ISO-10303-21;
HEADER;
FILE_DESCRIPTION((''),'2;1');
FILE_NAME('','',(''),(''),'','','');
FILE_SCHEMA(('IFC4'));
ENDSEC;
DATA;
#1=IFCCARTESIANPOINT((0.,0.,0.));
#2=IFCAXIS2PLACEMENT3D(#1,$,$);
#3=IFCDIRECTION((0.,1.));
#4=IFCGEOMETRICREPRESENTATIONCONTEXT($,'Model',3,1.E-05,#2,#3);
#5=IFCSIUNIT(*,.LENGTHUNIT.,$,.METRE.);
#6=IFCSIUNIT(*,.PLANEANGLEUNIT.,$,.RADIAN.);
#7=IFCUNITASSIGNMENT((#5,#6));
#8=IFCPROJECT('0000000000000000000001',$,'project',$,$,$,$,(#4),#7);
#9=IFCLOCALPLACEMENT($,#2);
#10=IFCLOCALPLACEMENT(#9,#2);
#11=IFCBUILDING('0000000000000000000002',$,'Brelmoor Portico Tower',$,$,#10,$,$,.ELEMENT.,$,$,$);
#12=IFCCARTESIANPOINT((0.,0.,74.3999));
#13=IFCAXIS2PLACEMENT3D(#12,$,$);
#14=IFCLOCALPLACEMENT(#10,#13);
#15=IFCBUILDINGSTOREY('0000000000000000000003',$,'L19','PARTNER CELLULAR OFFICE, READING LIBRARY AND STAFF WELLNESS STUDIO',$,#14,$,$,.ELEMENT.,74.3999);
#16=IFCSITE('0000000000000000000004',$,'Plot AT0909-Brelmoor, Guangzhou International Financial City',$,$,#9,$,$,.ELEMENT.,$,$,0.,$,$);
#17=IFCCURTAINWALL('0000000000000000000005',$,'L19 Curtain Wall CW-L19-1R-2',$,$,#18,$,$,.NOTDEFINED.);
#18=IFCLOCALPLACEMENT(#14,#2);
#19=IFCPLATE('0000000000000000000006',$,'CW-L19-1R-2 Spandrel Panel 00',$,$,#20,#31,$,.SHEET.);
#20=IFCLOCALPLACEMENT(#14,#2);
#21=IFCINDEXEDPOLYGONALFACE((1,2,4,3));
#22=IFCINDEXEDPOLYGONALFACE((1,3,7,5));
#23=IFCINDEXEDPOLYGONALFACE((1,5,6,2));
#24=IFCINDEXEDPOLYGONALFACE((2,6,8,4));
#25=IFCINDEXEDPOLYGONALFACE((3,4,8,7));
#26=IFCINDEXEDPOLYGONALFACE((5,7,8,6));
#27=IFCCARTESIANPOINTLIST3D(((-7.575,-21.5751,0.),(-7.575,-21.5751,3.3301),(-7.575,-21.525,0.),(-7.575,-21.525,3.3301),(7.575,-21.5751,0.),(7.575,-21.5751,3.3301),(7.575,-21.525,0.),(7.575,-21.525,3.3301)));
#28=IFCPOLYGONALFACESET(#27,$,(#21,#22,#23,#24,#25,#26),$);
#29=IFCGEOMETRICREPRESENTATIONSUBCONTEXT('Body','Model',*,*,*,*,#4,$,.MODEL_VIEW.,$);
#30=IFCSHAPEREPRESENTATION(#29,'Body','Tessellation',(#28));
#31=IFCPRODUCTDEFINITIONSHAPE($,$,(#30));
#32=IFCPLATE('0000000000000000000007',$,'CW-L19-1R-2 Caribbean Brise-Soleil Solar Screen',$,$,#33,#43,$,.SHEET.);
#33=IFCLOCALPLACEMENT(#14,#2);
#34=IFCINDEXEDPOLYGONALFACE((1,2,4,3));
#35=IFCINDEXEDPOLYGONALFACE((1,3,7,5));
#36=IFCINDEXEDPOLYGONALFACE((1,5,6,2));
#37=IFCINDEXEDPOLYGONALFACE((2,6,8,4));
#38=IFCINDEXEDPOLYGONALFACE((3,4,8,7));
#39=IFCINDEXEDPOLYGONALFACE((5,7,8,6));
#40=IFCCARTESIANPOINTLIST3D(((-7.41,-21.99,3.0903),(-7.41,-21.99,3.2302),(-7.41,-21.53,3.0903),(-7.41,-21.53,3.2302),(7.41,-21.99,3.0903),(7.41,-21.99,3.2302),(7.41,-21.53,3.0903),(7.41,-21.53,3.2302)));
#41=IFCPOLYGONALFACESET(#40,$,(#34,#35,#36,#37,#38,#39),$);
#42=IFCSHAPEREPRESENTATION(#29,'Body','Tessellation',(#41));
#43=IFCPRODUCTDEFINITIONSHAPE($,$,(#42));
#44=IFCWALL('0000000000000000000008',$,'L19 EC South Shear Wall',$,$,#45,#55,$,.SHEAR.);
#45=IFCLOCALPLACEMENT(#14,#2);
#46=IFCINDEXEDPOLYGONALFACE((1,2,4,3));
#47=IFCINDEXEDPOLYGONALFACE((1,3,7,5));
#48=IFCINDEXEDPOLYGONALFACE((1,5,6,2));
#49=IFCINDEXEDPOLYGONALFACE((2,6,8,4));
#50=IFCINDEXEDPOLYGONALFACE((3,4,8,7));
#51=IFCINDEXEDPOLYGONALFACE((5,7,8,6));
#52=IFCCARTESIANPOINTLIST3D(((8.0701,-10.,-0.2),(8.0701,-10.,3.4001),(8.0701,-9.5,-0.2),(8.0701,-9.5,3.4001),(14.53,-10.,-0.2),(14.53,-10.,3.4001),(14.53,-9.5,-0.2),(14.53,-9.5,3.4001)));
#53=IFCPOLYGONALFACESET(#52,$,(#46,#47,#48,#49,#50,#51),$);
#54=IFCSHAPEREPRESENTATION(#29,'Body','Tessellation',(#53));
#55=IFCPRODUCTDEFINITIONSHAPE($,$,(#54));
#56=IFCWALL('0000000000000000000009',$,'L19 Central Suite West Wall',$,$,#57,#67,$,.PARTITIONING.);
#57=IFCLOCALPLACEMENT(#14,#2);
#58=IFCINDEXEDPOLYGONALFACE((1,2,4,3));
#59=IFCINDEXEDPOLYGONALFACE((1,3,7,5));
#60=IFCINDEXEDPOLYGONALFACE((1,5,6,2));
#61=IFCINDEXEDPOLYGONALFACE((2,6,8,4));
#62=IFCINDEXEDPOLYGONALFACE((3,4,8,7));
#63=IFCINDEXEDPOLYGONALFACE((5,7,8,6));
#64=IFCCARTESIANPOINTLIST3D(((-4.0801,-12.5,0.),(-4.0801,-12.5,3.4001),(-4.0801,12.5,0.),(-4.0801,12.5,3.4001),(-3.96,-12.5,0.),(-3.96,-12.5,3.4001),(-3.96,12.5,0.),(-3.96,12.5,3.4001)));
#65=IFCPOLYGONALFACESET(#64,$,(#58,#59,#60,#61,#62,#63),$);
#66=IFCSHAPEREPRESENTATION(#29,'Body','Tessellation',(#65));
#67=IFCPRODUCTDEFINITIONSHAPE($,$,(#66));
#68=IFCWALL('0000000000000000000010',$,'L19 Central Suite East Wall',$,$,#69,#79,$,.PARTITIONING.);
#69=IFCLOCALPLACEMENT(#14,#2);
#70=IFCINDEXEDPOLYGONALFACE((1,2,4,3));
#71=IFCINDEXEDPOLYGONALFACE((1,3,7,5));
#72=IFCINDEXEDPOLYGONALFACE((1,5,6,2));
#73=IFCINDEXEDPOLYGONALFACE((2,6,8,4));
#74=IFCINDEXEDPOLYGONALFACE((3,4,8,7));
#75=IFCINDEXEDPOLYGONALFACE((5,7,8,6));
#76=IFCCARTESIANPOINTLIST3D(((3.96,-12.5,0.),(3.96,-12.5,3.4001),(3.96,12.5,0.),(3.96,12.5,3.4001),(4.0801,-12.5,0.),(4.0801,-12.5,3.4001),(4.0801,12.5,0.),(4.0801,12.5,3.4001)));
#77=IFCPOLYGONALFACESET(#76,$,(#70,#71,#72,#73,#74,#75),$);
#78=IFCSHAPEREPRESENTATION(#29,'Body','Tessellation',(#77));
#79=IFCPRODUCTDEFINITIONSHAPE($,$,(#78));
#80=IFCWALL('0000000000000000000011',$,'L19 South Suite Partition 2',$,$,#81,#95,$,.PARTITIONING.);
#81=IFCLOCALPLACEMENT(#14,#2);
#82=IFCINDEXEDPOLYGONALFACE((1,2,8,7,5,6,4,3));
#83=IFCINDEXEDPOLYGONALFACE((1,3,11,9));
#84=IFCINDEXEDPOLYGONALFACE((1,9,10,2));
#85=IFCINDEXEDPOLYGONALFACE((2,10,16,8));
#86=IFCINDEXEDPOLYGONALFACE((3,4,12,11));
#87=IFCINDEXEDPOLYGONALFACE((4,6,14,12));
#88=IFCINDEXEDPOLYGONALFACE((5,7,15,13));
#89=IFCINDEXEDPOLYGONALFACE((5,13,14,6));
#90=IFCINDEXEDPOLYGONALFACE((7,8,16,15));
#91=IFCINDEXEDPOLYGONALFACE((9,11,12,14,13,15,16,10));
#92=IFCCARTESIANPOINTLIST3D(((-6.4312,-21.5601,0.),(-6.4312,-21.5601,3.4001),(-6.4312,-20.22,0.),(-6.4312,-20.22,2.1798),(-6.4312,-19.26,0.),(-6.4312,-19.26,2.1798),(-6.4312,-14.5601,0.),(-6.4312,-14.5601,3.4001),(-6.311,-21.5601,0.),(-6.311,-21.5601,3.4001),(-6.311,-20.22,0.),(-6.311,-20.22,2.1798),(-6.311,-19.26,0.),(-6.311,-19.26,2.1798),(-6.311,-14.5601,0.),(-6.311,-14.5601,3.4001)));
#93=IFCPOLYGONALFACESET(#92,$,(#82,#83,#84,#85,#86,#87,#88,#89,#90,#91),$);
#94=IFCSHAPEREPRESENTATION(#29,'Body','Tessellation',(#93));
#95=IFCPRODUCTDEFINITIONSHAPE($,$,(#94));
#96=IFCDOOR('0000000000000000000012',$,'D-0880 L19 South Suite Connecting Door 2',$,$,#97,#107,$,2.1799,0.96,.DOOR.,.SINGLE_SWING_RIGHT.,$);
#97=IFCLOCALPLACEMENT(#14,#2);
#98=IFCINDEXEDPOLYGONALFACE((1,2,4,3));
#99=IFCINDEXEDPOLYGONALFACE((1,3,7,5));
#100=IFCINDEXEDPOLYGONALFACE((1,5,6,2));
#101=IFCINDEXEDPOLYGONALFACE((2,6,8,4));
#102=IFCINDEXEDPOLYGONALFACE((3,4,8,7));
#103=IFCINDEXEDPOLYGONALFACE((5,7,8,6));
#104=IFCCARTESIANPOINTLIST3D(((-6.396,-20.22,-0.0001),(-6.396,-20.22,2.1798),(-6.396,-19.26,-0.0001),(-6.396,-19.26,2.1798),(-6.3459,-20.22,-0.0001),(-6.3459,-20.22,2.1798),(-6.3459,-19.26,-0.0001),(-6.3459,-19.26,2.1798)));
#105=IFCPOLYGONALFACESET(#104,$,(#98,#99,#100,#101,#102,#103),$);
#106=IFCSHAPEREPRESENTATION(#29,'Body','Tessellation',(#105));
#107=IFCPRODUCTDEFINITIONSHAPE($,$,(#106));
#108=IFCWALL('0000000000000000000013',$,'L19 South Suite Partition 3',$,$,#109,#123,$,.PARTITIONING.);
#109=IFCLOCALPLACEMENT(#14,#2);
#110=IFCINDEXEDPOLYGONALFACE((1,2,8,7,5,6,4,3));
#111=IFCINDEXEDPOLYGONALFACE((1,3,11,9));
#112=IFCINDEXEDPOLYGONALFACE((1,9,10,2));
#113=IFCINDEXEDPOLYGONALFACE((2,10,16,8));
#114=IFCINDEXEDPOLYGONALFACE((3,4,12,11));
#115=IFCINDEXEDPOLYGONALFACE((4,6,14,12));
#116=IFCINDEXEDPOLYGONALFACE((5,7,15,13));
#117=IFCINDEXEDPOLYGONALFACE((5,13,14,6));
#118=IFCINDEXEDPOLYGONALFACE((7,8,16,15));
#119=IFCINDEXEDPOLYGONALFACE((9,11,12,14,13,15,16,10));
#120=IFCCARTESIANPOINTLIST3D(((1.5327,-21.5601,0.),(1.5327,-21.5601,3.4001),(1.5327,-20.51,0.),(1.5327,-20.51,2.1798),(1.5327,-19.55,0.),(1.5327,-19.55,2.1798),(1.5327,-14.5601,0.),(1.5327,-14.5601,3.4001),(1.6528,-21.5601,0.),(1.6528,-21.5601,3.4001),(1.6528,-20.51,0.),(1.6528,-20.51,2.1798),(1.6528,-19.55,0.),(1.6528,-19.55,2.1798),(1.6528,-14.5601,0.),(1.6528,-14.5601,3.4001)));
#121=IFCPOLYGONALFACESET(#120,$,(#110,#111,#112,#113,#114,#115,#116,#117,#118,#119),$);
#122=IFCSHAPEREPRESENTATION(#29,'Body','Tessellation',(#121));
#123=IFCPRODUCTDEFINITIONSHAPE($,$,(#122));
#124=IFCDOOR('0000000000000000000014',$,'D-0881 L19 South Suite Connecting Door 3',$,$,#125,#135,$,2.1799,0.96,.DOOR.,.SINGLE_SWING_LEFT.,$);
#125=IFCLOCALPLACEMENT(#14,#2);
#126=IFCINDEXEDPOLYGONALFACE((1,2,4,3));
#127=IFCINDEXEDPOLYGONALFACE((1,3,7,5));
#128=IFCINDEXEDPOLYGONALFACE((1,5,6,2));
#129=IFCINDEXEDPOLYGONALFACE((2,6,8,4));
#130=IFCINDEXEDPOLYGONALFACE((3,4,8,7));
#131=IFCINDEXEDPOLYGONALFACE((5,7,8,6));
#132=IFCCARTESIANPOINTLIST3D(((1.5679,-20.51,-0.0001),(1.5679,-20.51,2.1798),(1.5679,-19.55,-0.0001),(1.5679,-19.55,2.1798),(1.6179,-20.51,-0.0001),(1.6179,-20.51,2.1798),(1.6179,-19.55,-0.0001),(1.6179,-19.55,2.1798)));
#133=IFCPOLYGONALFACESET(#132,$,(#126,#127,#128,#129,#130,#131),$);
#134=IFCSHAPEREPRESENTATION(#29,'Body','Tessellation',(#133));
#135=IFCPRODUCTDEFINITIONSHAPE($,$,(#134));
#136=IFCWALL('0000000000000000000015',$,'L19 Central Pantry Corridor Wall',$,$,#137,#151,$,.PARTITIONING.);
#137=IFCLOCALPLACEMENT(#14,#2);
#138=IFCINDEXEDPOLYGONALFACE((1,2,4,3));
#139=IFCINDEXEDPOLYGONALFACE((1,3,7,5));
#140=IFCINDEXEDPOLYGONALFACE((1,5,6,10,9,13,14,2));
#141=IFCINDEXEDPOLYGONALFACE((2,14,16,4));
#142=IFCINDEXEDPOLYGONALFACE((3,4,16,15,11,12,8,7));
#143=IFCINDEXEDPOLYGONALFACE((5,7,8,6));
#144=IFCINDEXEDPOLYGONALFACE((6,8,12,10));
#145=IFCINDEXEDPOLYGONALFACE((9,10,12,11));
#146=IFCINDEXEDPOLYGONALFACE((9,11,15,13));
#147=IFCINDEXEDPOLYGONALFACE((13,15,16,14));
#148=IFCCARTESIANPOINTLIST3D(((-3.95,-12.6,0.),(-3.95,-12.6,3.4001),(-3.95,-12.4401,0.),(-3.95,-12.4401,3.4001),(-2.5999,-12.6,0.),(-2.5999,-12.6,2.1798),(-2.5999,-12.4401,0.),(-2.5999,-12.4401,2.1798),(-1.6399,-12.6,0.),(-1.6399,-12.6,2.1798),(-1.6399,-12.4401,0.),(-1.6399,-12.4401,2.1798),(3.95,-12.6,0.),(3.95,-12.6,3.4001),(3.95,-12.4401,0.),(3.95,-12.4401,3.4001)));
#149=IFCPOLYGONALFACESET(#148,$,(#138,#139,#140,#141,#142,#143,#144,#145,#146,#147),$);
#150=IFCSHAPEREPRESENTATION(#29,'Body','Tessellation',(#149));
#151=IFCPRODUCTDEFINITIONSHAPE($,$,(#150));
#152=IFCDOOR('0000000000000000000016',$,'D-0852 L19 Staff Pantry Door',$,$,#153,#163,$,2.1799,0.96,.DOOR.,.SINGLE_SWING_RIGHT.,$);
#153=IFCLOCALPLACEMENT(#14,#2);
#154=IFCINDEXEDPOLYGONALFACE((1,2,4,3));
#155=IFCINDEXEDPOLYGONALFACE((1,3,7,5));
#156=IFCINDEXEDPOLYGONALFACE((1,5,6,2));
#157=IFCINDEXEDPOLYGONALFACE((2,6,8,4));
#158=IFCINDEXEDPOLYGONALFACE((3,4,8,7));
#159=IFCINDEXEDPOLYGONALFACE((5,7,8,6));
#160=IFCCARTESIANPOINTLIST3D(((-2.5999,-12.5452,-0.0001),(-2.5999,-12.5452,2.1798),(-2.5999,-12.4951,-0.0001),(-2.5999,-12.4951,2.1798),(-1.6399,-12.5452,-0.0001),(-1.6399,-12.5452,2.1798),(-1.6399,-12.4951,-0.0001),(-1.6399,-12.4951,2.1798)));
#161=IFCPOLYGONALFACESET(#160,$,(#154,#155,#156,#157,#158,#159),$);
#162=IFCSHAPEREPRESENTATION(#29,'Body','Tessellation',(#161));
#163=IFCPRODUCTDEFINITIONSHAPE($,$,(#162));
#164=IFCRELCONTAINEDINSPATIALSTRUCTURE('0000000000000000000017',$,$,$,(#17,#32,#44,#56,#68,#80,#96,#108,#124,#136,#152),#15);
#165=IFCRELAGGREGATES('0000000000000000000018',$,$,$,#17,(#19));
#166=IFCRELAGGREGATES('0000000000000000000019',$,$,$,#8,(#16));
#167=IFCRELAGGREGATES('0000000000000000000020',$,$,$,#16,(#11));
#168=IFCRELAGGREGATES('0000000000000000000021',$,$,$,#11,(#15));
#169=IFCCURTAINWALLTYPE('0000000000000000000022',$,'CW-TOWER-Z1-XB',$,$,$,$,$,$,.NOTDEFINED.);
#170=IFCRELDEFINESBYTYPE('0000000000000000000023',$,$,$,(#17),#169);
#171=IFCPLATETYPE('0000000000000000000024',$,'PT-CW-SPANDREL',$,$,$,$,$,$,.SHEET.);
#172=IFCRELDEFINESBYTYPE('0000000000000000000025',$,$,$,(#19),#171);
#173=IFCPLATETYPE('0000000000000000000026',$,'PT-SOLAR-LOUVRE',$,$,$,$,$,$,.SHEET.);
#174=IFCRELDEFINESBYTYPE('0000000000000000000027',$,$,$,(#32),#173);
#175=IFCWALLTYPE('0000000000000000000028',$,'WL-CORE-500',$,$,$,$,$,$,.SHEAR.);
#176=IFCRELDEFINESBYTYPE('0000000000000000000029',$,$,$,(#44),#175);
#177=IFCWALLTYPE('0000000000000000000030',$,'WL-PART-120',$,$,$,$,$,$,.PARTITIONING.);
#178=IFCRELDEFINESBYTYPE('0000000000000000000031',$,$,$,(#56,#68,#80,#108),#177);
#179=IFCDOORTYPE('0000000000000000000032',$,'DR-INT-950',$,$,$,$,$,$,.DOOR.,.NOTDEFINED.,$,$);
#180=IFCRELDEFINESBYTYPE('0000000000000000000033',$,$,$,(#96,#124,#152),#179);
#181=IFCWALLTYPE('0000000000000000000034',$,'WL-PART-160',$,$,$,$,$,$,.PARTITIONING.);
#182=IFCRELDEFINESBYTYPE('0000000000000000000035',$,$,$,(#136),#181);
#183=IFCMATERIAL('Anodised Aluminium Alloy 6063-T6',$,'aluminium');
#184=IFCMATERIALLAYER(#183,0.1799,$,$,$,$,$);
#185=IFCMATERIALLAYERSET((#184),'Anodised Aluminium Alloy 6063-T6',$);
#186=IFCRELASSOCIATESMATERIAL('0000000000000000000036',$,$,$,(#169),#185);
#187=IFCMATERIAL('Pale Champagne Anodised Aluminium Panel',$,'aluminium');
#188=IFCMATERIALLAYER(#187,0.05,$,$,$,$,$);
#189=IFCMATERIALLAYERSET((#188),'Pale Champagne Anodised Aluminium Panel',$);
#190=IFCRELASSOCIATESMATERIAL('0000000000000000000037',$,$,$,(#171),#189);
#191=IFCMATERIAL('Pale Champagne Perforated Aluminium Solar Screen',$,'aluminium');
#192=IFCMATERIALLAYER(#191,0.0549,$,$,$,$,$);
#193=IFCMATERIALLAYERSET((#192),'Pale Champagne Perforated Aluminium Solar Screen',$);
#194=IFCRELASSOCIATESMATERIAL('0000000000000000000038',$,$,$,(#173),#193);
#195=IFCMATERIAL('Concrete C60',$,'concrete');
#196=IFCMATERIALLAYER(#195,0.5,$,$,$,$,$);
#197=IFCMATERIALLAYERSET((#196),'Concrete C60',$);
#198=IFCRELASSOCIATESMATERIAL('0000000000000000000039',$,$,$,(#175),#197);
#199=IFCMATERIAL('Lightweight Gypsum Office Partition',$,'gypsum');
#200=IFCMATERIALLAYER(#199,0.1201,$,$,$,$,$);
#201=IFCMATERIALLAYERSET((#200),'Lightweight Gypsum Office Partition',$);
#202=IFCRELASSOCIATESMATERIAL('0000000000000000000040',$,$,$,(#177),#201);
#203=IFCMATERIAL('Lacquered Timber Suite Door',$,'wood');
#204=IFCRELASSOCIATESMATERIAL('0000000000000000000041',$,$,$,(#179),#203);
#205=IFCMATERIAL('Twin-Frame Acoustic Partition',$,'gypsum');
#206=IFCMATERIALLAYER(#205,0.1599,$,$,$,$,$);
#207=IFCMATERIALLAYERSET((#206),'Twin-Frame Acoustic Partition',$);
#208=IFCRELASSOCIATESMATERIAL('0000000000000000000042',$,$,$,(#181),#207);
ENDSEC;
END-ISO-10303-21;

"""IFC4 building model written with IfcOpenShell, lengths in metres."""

from ifc_helpers import new_model, si_unit, direction, frame, frame_2d, origin, origin_2d, place, context, subcontext, project, spatial, rectangle, extrude, material, layer, layer_set, type_object, element, fill, aggregate, save


model = new_model("IFC4")

# Units and contexts
model_context = context("Model", 3, precision=1e-05, world=origin(), true_north=direction((0.0, 1.0)))
body_context = subcontext(model_context, "Body", "Model", "MODEL_VIEW")
ifc_project = project(units=[si_unit("LENGTHUNIT", "METRE"), si_unit("PLANEANGLEUNIT", "RADIAN")], contexts=[model_context])

# Site, building, storey
site_placement = place(None, origin())
site = spatial("IfcSite", under=ifc_project, at=site_placement, Name="Plot AT0909-Brelmoor, Guangzhou International Financial City", CompositionType="ELEMENT", RefElevation=0.0)
building_placement = place(site_placement, origin())
building = spatial("IfcBuilding", under=site, at=building_placement, Name="Brelmoor Portico Tower", CompositionType="ELEMENT")
storey_placement = place(building_placement, frame((0.0, 0.0, 74.3999)))
storey = spatial("IfcBuildingStorey", under=building, at=storey_placement, Name="L19", Description="PARTNER CELLULAR OFFICE, READING LIBRARY AND STAFF WELLNESS STUDIO", CompositionType="ELEMENT", Elevation=74.3999)

# Curtain wall
ifc_material_1 = material(Name="Anodised Aluminium Alloy 6063-T6", Category="aluminium")
ifc_layer_1 = layer(ifc_material_1, 0.1799)
ifc_layer_set_1 = layer_set([ifc_layer_1], Name="Anodised Aluminium Alloy 6063-T6")
curtain_wall_type_1 = type_object("IfcCurtainWallType", Name="CW-TOWER-Z1-XB", PredefinedType="NOTDEFINED", material=ifc_layer_set_1)
curtain_wall_1_placement = place(storey_placement, origin())
curtain_wall_1 = element("IfcCurtainWall", 1, at=curtain_wall_1_placement, inside=storey, type_object=curtain_wall_type_1, Name="L19 Curtain Wall CW-L19-1R-2", PredefinedType="NOTDEFINED")

# Plates
ifc_material_2 = material(Name="Pale Champagne Anodised Aluminium Panel", Category="aluminium")
ifc_layer_2 = layer(ifc_material_2, 0.05)
ifc_layer_set_2 = layer_set([ifc_layer_2], Name="Pale Champagne Anodised Aluminium Panel")
plate_type_1 = type_object("IfcPlateType", Name="PT-CW-SPANDREL", PredefinedType="SHEET", material=ifc_layer_set_2)
plate_1_placement = place(storey_placement, frame((0.0, -21.55, 0.0), z_axis=(0.0, 0.0, 1.0), x_axis=(1.0, 0.0, 0.0)))
plate_1 = element("IfcPlate", 2, at=plate_1_placement, type_object=plate_type_1, Name="CW-L19-1R-2 Spandrel Panel 00", PredefinedType="SHEET", context=body_context, shape_type="SweptSolid", body=[
    extrude(rectangle(XDim=15.1499, YDim=0.05, at=origin_2d()), origin(), (0.0, 0.0, 1.0), 3.3301),
])
aggregate(curtain_wall_1, [plate_1])
ifc_material_3 = material(Name="Pale Champagne Perforated Aluminium Solar Screen", Category="aluminium")
ifc_layer_3 = layer(ifc_material_3, 0.0549)
ifc_layer_set_3 = layer_set([ifc_layer_3], Name="Pale Champagne Perforated Aluminium Solar Screen")
plate_type_2 = type_object("IfcPlateType", Name="PT-SOLAR-LOUVRE", PredefinedType="SHEET", material=ifc_layer_set_3)
plate_2_placement = place(storey_placement, frame((0.0, -21.76, 3.0903), z_axis=(0.0, 0.0, 1.0), x_axis=(1.0, 0.0, 0.0)))
element("IfcPlate", 3, at=plate_2_placement, inside=storey, type_object=plate_type_2, Name="CW-L19-1R-2 Caribbean Brise-Soleil Solar Screen", PredefinedType="SHEET", context=body_context, shape_type="SweptSolid", body=[
    extrude(rectangle(XDim=14.8201, YDim=0.46, at=origin_2d()), origin(), (0.0, 0.0, 1.0), 0.1399),
])

# Walls
ifc_material_4 = material(Name="Concrete C60", Category="concrete")
ifc_layer_4 = layer(ifc_material_4, 0.5)
ifc_layer_set_4 = layer_set([ifc_layer_4], Name="Concrete C60")
wall_type_1 = type_object("IfcWallType", Name="WL-CORE-500", PredefinedType="SHEAR", material=ifc_layer_set_4)
wall_1_placement = place(storey_placement, frame((8.0701, -9.75, -0.2), z_axis=(0.0, 0.0, 1.0), x_axis=(1.0, 0.0, 0.0)))
element("IfcWall", 4, at=wall_1_placement, inside=storey, type_object=wall_type_1, Name="L19 EC South Shear Wall", PredefinedType="SHEAR", context=body_context, shape_type="SweptSolid", body=[
    extrude(rectangle(XDim=6.46, YDim=0.5, at=frame_2d((3.23, 0.0))), origin(), (0.0, 0.0, 1.0), 3.6001),
])
ifc_material_5 = material(Name="Lightweight Gypsum Office Partition", Category="gypsum")
ifc_layer_5 = layer(ifc_material_5, 0.1201)
ifc_layer_set_5 = layer_set([ifc_layer_5], Name="Lightweight Gypsum Office Partition")
wall_type_2 = type_object("IfcWallType", Name="WL-PART-120", PredefinedType="PARTITIONING", material=ifc_layer_set_5)
for number, where, z_axis, x_axis, name in (
    (5, (-4.02, -12.5, 0.0), (0.0, 0.0, 1.0), (0.0, 1.0, 0.0), "L19 Central Suite West Wall"),
    (6, (4.02, -12.5, 0.0), (0.0, 0.0, 1.0), (0.0, 1.0, 0.0), "L19 Central Suite East Wall"),
):
    element("IfcWall", number, at=place(storey_placement, frame(where, z_axis=z_axis, x_axis=x_axis)), inside=storey, type_object=wall_type_2, Name=name, PredefinedType="PARTITIONING", context=body_context, shape_type="SweptSolid", body=[
        extrude(rectangle(XDim=25.0, YDim=0.1201, at=frame_2d((12.5, 0.0))), origin(), (0.0, 0.0, 1.0), 3.4001),
    ])

# Walls, openings, doors
wall_2_placement = place(storey_placement, frame((-6.3711, -21.5601, 0.0), z_axis=(0.0, 0.0, 1.0), x_axis=(0.0, 1.0, 0.0)))
wall_2 = element("IfcWall", 7, at=wall_2_placement, inside=storey, type_object=wall_type_2, Name="L19 South Suite Partition 2", PredefinedType="PARTITIONING", context=body_context, shape_type="SweptSolid", body=[
    extrude(rectangle(XDim=7.0, YDim=0.1201, at=frame_2d((3.5, 0.0))), origin(), (0.0, 0.0, 1.0), 3.4001),
])
opening_1_placement = place(wall_2_placement, frame((1.3401, 0.0, 0.0)))
opening_1 = element("IfcOpeningElement", 8, at=opening_1_placement, cuts=wall_2, PredefinedType="OPENING", context=body_context, shape_type="SweptSolid", body=[
    extrude(rectangle(XDim=0.96, YDim=2.1799, at=frame_2d((0.48, 1.0898))), frame((0.0, 0.0701, 0.0), z_axis=(0.0, -1.0, 0.0), x_axis=(1.0, 0.0, 0.0)), (0.0, 0.0, 1.0), 0.1401),
])
ifc_material_6 = material(Name="Lacquered Timber Suite Door", Category="wood")
door_type_1 = type_object("IfcDoorType", Name="DR-INT-950", OperationType="NOTDEFINED", PredefinedType="DOOR", material=ifc_material_6)
door_1_placement = place(opening_1_placement, origin())
door_1 = element("IfcDoor", 9, at=door_1_placement, inside=storey, type_object=door_type_1, Name="D-0880 L19 South Suite Connecting Door 2", OperationType="SINGLE_SWING_RIGHT", OverallHeight=2.1799, OverallWidth=0.96, PredefinedType="DOOR", context=body_context, shape_type="SweptSolid", body=[
    extrude(rectangle(XDim=0.96, YDim=2.1799, at=frame_2d((0.48, 1.0898))), frame((0.0, 0.0249, 0.0), z_axis=(0.0, -1.0, 0.0), x_axis=(1.0, 0.0, 0.0)), (0.0, 0.0, 1.0), 0.05),
])
fill(opening_1, door_1)
wall_3_placement = place(storey_placement, frame((1.5928, -21.5601, 0.0), z_axis=(0.0, 0.0, 1.0), x_axis=(0.0, 1.0, 0.0)))
wall_3 = element("IfcWall", 10, at=wall_3_placement, inside=storey, type_object=wall_type_2, Name="L19 South Suite Partition 3", PredefinedType="PARTITIONING", context=body_context, shape_type="SweptSolid", body=[
    extrude(rectangle(XDim=7.0, YDim=0.1201, at=frame_2d((3.5, 0.0))), origin(), (0.0, 0.0, 1.0), 3.4001),
])
opening_2_placement = place(wall_3_placement, frame((1.05, 0.0, 0.0)))
opening_2 = element("IfcOpeningElement", 11, at=opening_2_placement, cuts=wall_3, PredefinedType="OPENING", context=body_context, shape_type="SweptSolid", body=[
    extrude(rectangle(XDim=0.96, YDim=2.1799, at=frame_2d((0.48, 1.0898))), frame((0.0, 0.0701, 0.0), z_axis=(0.0, -1.0, 0.0), x_axis=(1.0, 0.0, 0.0)), (0.0, 0.0, 1.0), 0.1401),
])
door_2_placement = place(opening_2_placement, origin())
door_2 = element("IfcDoor", 12, at=door_2_placement, inside=storey, type_object=door_type_1, Name="D-0881 L19 South Suite Connecting Door 3", OperationType="SINGLE_SWING_LEFT", OverallHeight=2.1799, OverallWidth=0.96, PredefinedType="DOOR", context=body_context, shape_type="SweptSolid", body=[
    extrude(rectangle(XDim=0.96, YDim=2.1799, at=frame_2d((0.48, 1.0898))), frame((0.0, 0.0249, 0.0), z_axis=(0.0, -1.0, 0.0), x_axis=(1.0, 0.0, 0.0)), (0.0, 0.0, 1.0), 0.05),
])
fill(opening_2, door_2)
ifc_material_7 = material(Name="Twin-Frame Acoustic Partition", Category="gypsum")
ifc_layer_6 = layer(ifc_material_7, 0.1599)
ifc_layer_set_6 = layer_set([ifc_layer_6], Name="Twin-Frame Acoustic Partition")
wall_type_3 = type_object("IfcWallType", Name="WL-PART-160", PredefinedType="PARTITIONING", material=ifc_layer_set_6)
wall_4_placement = place(storey_placement, frame((-3.95, -12.52, 0.0), z_axis=(0.0, 0.0, 1.0), x_axis=(1.0, 0.0, 0.0)))
wall_4 = element("IfcWall", 13, at=wall_4_placement, inside=storey, type_object=wall_type_3, Name="L19 Central Pantry Corridor Wall", PredefinedType="PARTITIONING", context=body_context, shape_type="SweptSolid", body=[
    extrude(rectangle(XDim=7.8999, YDim=0.1599, at=frame_2d((3.95, 0.0))), origin(), (0.0, 0.0, 1.0), 3.4001),
])
opening_3_placement = place(wall_4_placement, frame((1.3501, 0.0, 0.0)))
opening_3 = element("IfcOpeningElement", 14, at=opening_3_placement, cuts=wall_4, PredefinedType="OPENING", context=body_context, shape_type="SweptSolid", body=[
    extrude(rectangle(XDim=0.96, YDim=2.1799, at=frame_2d((0.48, 1.0898))), frame((0.0, 0.0898, 0.0), z_axis=(0.0, -1.0, 0.0), x_axis=(1.0, 0.0, 0.0)), (0.0, 0.0, 1.0), 0.1799),
])
door_3_placement = place(opening_3_placement, origin())
door_3 = element("IfcDoor", 15, at=door_3_placement, inside=storey, type_object=door_type_1, Name="D-0852 L19 Staff Pantry Door", OperationType="SINGLE_SWING_RIGHT", OverallHeight=2.1799, OverallWidth=0.96, PredefinedType="DOOR", context=body_context, shape_type="SweptSolid", body=[
    extrude(rectangle(XDim=0.96, YDim=2.1799, at=frame_2d((0.48, 1.0898))), frame((0.0, 0.0249, 0.0), z_axis=(0.0, -1.0, 0.0), x_axis=(1.0, 0.0, 0.0)), (0.0, 0.0, 1.0), 0.05),
])
fill(opening_3, door_3)

save(model, "model.ifc")
